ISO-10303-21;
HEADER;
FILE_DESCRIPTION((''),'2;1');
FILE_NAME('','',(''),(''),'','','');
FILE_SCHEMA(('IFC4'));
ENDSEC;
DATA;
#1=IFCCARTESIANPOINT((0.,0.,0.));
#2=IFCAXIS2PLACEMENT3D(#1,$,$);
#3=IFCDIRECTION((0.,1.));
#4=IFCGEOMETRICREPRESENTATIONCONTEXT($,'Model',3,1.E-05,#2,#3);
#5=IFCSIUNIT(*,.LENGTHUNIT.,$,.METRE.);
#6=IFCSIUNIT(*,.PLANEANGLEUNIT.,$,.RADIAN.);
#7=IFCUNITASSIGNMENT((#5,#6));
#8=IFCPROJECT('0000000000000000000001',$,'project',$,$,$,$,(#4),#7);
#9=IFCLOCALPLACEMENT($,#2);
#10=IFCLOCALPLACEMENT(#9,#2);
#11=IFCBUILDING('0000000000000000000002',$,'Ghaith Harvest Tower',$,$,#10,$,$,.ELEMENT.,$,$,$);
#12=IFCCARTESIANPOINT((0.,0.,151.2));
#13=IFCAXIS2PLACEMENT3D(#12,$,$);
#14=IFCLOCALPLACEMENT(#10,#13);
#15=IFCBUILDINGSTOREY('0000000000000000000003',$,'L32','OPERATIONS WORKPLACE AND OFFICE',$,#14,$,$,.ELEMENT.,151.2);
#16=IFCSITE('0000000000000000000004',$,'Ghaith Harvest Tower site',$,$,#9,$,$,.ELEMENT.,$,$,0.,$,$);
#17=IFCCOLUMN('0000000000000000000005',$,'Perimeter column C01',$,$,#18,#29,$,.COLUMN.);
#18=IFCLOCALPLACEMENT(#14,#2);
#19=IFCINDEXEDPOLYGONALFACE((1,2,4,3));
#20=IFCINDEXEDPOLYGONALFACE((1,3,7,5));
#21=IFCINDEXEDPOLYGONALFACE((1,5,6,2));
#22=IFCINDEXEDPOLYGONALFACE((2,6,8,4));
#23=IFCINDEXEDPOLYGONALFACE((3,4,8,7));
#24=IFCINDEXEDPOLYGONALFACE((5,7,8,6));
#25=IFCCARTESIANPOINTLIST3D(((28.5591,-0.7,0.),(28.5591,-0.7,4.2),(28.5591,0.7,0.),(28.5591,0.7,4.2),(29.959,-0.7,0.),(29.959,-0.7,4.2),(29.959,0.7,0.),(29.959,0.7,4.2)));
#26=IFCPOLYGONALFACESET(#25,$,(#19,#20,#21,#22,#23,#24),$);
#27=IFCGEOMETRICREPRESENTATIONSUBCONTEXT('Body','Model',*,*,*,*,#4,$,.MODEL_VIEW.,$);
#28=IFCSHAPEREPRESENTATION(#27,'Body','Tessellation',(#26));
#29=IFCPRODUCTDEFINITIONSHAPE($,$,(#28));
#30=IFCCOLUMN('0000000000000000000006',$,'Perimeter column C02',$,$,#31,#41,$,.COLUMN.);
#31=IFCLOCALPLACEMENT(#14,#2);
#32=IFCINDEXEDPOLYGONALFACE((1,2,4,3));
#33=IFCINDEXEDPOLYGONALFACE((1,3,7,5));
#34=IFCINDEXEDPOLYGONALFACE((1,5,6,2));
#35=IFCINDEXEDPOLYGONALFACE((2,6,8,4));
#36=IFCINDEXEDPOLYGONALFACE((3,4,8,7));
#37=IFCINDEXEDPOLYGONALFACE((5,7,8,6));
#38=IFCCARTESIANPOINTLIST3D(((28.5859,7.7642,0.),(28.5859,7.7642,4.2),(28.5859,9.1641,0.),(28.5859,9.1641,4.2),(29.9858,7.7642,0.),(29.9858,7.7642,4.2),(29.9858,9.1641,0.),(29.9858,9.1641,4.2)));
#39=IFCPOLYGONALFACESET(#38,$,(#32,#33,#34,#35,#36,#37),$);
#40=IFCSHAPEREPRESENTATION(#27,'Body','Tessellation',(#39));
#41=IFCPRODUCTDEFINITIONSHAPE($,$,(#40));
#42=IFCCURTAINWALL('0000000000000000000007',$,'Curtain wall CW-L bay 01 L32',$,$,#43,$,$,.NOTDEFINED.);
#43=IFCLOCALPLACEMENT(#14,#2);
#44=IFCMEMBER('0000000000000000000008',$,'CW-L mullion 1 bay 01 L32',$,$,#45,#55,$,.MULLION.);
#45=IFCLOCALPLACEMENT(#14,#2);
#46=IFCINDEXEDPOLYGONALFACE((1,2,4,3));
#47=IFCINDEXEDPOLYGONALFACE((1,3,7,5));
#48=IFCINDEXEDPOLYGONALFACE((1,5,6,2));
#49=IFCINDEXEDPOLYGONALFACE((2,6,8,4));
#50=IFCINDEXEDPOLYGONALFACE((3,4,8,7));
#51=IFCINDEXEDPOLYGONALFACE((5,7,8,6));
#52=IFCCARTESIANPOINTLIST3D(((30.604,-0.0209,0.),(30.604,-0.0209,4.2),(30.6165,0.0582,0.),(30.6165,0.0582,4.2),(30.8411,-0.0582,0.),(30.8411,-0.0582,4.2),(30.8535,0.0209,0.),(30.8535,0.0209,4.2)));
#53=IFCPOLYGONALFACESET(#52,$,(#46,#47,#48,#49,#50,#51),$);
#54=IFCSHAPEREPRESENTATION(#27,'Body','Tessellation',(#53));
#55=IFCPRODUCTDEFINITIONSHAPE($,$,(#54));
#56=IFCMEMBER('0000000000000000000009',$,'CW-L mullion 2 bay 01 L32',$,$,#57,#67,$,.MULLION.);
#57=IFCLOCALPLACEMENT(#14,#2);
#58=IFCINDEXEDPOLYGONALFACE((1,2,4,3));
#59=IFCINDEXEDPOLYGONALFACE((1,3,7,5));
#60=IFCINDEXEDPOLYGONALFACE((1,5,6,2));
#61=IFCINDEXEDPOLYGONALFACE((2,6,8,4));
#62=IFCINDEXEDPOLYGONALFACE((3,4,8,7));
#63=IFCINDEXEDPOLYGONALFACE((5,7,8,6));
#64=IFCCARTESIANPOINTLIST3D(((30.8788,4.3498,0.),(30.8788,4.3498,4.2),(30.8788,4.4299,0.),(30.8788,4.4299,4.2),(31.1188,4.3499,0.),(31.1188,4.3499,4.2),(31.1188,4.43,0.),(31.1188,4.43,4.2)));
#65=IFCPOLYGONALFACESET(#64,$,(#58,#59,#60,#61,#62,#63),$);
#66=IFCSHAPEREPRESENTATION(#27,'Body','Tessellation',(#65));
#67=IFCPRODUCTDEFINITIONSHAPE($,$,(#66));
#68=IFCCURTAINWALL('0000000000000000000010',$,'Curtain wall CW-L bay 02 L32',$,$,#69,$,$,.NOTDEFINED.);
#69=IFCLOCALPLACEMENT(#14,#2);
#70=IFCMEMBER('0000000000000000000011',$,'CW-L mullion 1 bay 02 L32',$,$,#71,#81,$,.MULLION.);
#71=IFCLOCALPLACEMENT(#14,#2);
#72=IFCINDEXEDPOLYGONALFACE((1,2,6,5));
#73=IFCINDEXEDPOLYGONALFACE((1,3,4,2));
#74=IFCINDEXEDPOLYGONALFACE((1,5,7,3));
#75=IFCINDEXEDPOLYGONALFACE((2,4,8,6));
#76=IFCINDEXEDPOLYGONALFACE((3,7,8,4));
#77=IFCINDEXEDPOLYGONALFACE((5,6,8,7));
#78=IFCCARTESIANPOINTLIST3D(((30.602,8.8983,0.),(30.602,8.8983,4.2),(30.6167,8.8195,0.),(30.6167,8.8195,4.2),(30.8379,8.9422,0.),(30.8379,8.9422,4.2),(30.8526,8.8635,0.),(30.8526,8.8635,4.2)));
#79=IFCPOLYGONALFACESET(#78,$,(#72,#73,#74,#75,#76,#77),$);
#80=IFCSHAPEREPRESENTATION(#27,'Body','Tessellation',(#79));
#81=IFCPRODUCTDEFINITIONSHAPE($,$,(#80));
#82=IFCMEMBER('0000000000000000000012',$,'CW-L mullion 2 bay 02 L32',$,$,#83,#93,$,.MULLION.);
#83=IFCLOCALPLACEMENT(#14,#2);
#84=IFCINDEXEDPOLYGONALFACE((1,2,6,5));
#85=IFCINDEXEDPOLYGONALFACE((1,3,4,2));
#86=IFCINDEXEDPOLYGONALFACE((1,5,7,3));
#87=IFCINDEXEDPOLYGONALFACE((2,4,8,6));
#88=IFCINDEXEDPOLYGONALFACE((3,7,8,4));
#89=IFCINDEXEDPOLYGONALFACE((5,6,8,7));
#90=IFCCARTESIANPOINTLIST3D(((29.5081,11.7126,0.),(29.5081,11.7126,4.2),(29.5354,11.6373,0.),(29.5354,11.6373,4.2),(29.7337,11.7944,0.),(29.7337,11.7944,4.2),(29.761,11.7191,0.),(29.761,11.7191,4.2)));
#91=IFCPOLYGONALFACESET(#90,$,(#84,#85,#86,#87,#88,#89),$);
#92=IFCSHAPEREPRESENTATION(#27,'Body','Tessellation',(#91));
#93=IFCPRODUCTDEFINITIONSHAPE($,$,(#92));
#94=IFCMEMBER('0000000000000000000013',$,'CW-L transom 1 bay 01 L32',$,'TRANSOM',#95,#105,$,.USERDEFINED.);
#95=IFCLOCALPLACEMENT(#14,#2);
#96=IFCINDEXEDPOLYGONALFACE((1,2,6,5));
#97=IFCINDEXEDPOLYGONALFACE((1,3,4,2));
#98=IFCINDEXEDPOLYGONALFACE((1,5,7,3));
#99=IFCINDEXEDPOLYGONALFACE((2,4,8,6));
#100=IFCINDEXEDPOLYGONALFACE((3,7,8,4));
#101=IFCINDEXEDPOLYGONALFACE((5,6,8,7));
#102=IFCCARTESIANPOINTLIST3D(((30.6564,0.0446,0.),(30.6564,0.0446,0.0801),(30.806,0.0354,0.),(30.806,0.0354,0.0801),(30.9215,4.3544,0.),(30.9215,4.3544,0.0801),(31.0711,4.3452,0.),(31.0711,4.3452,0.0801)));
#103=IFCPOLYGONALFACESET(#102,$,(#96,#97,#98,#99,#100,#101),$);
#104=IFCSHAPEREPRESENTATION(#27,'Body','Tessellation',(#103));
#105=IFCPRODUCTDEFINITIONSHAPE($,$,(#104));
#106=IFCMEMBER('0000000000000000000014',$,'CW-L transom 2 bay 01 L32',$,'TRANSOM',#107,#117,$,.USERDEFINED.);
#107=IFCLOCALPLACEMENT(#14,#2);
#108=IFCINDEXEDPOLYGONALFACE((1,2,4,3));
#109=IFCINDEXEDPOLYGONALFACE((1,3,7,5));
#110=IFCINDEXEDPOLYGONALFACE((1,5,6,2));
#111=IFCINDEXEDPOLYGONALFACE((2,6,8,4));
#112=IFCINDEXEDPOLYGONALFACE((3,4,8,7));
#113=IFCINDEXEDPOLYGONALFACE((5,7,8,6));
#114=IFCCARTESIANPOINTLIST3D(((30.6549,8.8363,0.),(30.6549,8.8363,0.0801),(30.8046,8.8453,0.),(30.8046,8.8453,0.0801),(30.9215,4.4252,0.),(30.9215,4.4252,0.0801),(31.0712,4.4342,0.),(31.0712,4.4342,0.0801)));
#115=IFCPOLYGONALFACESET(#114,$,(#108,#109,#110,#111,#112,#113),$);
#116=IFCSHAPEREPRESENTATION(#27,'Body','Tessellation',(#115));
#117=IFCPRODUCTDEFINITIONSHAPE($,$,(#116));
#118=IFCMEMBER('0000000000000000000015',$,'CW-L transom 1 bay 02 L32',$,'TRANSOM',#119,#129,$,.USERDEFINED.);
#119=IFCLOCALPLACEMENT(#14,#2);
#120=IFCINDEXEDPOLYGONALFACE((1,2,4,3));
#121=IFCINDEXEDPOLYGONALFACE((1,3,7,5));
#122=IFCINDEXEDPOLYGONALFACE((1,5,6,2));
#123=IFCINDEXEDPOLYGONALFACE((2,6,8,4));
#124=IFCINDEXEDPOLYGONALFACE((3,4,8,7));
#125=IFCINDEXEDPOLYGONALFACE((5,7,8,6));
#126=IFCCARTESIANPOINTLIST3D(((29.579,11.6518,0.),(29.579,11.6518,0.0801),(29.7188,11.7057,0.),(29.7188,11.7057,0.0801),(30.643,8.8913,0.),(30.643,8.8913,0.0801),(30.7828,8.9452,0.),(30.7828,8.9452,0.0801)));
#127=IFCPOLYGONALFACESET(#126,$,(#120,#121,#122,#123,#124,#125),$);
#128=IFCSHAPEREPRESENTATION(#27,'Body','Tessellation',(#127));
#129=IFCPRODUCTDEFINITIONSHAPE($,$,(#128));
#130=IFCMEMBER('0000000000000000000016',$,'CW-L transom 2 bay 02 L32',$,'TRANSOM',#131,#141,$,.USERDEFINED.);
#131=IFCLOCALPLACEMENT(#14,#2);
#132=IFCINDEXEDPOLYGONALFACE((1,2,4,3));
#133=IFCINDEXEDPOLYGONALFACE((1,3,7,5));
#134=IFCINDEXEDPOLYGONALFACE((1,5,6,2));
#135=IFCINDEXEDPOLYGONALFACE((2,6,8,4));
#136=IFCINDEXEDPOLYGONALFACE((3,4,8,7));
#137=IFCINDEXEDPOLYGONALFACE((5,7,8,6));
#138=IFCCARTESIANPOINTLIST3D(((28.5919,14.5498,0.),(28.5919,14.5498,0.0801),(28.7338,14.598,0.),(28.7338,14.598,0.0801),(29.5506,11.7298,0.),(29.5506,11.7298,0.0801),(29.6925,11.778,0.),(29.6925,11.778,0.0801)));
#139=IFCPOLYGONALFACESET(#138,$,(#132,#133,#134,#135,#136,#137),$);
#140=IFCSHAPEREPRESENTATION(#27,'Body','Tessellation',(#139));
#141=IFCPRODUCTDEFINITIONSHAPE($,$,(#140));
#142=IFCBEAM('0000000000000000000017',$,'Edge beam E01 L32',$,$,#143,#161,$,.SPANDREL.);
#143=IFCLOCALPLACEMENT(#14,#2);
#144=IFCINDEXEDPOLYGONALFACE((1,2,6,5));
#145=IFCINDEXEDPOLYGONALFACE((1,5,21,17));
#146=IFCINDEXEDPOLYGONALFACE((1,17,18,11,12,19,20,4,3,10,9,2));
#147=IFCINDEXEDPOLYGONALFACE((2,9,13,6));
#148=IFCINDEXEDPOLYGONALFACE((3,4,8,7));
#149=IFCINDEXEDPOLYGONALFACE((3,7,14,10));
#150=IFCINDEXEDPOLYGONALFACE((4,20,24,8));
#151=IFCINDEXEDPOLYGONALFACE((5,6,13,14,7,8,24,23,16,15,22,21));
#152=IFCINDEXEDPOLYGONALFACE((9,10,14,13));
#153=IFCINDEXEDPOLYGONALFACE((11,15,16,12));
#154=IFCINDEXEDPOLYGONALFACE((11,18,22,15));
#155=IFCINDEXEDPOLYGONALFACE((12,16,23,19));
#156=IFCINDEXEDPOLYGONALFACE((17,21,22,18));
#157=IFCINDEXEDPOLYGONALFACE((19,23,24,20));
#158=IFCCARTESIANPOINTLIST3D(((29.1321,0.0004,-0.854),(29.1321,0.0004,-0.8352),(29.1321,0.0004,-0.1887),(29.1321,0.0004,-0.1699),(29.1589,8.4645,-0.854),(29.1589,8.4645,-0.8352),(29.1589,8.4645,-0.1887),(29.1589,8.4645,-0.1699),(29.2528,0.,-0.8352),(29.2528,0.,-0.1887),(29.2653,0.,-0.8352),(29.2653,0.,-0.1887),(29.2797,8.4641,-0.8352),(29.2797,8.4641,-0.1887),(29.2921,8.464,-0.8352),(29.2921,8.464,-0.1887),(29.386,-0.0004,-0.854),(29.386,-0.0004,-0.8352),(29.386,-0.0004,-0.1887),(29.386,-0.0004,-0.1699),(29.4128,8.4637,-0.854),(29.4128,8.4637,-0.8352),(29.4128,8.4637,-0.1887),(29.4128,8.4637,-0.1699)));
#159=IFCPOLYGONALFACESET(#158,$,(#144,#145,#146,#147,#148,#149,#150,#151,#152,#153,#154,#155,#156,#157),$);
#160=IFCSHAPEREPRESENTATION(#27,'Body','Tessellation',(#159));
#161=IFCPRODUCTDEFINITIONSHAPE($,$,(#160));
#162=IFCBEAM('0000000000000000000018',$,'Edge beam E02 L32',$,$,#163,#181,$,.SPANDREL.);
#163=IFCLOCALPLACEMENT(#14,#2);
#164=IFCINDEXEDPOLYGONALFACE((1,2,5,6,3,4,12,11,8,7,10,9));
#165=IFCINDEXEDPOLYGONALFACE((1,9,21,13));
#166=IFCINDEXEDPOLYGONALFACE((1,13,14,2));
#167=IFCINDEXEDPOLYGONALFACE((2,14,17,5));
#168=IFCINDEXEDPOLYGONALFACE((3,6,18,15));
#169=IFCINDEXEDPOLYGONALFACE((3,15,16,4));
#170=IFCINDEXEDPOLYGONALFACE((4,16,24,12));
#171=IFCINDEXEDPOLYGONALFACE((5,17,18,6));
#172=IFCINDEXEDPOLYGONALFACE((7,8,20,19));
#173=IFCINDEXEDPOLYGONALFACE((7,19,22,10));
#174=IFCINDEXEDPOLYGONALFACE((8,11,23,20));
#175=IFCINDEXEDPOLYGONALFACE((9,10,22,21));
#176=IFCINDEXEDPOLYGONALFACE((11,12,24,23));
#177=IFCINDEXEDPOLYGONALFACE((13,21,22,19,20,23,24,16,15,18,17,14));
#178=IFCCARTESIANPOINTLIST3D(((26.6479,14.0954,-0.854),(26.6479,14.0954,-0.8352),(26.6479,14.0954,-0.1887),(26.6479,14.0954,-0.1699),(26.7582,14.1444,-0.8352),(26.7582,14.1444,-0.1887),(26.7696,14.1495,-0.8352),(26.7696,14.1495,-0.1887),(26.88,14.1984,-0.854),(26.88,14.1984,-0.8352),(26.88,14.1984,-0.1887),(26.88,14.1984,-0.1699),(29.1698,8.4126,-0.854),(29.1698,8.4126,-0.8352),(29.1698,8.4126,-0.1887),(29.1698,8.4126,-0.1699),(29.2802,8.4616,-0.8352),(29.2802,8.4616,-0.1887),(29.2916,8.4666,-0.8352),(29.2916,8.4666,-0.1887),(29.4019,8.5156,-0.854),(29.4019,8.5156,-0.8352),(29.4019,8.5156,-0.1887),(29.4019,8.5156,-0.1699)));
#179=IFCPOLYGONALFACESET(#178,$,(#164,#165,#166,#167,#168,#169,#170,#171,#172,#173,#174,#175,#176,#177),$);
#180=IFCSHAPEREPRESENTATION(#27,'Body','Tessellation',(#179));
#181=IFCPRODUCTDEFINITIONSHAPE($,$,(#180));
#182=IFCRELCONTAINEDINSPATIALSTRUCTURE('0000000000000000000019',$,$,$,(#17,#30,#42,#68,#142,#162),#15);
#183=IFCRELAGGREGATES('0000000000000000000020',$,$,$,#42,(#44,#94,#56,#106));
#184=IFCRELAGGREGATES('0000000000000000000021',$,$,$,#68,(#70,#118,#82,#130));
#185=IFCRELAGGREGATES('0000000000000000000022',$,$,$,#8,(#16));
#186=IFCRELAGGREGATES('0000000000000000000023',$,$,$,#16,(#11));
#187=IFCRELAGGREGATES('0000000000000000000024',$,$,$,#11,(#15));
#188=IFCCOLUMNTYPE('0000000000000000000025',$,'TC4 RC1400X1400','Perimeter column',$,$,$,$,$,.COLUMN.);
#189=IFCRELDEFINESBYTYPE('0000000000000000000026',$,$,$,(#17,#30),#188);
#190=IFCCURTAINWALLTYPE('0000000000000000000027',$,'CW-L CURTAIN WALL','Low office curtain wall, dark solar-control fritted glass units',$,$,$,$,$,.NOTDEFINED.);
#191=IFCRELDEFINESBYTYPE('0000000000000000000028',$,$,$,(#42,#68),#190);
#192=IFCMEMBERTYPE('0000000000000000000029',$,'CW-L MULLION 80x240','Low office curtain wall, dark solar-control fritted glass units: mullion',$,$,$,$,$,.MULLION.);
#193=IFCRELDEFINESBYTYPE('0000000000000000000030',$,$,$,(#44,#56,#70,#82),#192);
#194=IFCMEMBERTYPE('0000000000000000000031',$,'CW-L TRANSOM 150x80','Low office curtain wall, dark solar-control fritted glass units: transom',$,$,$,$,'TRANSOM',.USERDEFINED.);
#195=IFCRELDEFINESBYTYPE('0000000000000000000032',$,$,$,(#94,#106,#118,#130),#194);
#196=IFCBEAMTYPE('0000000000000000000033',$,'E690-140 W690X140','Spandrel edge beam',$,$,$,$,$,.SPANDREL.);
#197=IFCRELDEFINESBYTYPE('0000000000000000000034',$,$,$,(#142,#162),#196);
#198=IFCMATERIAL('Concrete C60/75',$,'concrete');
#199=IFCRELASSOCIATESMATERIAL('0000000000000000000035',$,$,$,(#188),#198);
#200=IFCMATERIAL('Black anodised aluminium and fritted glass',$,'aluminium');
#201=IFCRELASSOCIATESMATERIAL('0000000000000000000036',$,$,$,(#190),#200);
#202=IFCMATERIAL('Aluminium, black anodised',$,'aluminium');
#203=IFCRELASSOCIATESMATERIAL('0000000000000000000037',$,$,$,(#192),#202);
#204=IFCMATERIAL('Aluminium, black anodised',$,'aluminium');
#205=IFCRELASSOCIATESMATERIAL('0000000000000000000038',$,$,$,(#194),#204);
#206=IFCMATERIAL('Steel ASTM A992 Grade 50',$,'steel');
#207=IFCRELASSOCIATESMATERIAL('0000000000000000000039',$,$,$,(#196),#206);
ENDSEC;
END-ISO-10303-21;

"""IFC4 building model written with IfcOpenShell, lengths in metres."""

from ifc_helpers import new_model, si_unit, direction, frame, origin, origin_2d, place, context, subcontext, project, spatial, rectangle, i_section, extrude, material, material_profile, profile_set, type_object, element, aggregate, save


model = new_model("IFC4")

# Units and contexts
model_context = context("Model", 3, precision=1e-05, world=origin(), true_north=direction((0.0, 1.0)))
body_context = subcontext(model_context, "Body", "Model", "MODEL_VIEW")
ifc_project = project(units=[si_unit("LENGTHUNIT", "METRE"), si_unit("PLANEANGLEUNIT", "RADIAN")], contexts=[model_context])

# Site, building, storey
site_placement = place(None, origin())
site = spatial("IfcSite", under=ifc_project, at=site_placement, Name="Ghaith Harvest Tower site", CompositionType="ELEMENT", RefElevation=0.0)
building_placement = place(site_placement, origin())
building = spatial("IfcBuilding", under=site, at=building_placement, Name="Ghaith Harvest Tower", CompositionType="ELEMENT")
storey_placement = place(building_placement, frame((0.0, 0.0, 151.2)))
storey = spatial("IfcBuildingStorey", under=building, at=storey_placement, Name="L32", Description="OPERATIONS WORKPLACE AND OFFICE", CompositionType="ELEMENT", Elevation=151.2)

# Columns
ifc_material_1 = material(Name="Concrete C60/75", Category="concrete")
ifc_material_profile_1 = material_profile(ifc_material_1, rectangle(XDim=1.3999, YDim=1.3999, at=origin_2d()), Name="RC1400X1400")
ifc_profile_set_1 = profile_set([ifc_material_profile_1], Name="Concrete C60/75")
column_type = type_object("IfcColumnType", Name="TC4 RC1400X1400", Description="Perimeter column", PredefinedType="COLUMN", material=ifc_profile_set_1)
for number, where, z_axis, x_axis, name in (
    (1, (29.259, 0.0, 0.0), (0.0, 0.0, 1.0), (1.0, 0.0, 0.0), "Perimeter column C01"),
    (2, (29.2859, 8.4641, 0.0), (0.0, 0.0, 1.0), (1.0, 0.0, 0.0), "Perimeter column C02"),
):
    element("IfcColumn", number, at=place(storey_placement, frame(where, z_axis=z_axis, x_axis=x_axis)), inside=storey, type_object=column_type, Name=name, PredefinedType="COLUMN", context=body_context, shape_type="SweptSolid", body=[
        extrude(rectangle(XDim=1.3999, YDim=1.3999, at=origin_2d()), origin(), (0.0, 0.0, 1.0), 4.2),
    ])

# Curtain walls, members
ifc_material_2 = material(Name="Black anodised aluminium and fritted glass", Category="aluminium")
curtain_wall_type = type_object("IfcCurtainWallType", Name="CW-L CURTAIN WALL", Description="Low office curtain wall, dark solar-control fritted glass units", PredefinedType="NOTDEFINED", material=ifc_material_2)
curtain_wall_1_placement = place(storey_placement, origin())
curtain_wall_1 = element("IfcCurtainWall", 3, at=curtain_wall_1_placement, inside=storey, type_object=curtain_wall_type, Name="Curtain wall CW-L bay 01 L32", PredefinedType="NOTDEFINED")
ifc_material_3 = material(Name="Aluminium, black anodised", Category="aluminium")
ifc_material_profile_2 = material_profile(ifc_material_3, rectangle(XDim=0.0801, YDim=0.24, at=origin_2d()), Name="CW-L MULLION 80x240")
ifc_profile_set_2 = profile_set([ifc_material_profile_2], Name="Aluminium, black anodised")
member_type_1 = type_object("IfcMemberType", Name="CW-L MULLION 80x240", Description="Low office curtain wall, dark solar-control fritted glass units: mullion", PredefinedType="MULLION", material=ifc_profile_set_2)
member_1_placement = place(storey_placement, frame((30.7288, 0.0, 0.0), z_axis=(0.0, 0.0, 1.0), x_axis=(0.155597, 0.987821, 0.0)))
member_1 = element("IfcMember", 4, at=member_1_placement, type_object=member_type_1, Name="CW-L mullion 1 bay 01 L32", PredefinedType="MULLION", context=body_context, shape_type="SweptSolid", body=[
    extrude(rectangle(XDim=0.0801, YDim=0.24, at=origin_2d()), origin(), (0.0, 0.0, 1.0), 4.2),
])
member_2_placement = place(storey_placement, frame((30.9988, 4.3899, 0.0), z_axis=(0.0, 0.0, 1.0), x_axis=(-0.000162, 1.0, 0.0)))
member_2 = element("IfcMember", 5, at=member_2_placement, type_object=member_type_1, Name="CW-L mullion 2 bay 01 L32", PredefinedType="MULLION", context=body_context, shape_type="SweptSolid", body=[
    extrude(rectangle(XDim=0.0801, YDim=0.24, at=origin_2d()), origin(), (0.0, 0.0, 1.0), 4.2),
])
curtain_wall_2_placement = place(storey_placement, origin())
curtain_wall_2 = element("IfcCurtainWall", 6, at=curtain_wall_2_placement, inside=storey, type_object=curtain_wall_type, Name="Curtain wall CW-L bay 02 L32", PredefinedType="NOTDEFINED")
member_3_placement = place(storey_placement, frame((30.7273, 8.8809, 0.0), z_axis=(0.0, 0.0, 1.0), x_axis=(-0.18307, 0.9831, 0.0)))
member_3 = element("IfcMember", 7, at=member_3_placement, type_object=member_type_1, Name="CW-L mullion 1 bay 02 L32", PredefinedType="MULLION", context=body_context, shape_type="SweptSolid", body=[
    extrude(rectangle(XDim=0.0801, YDim=0.24, at=origin_2d()), origin(), (0.0, 0.0, 1.0), 4.2),
])
member_4_placement = place(storey_placement, frame((29.6345, 11.7158, 0.0), z_axis=(0.0, 0.0, 1.0), x_axis=(-0.340771, 0.940146, 0.0)))
member_4 = element("IfcMember", 8, at=member_4_placement, type_object=member_type_1, Name="CW-L mullion 2 bay 02 L32", PredefinedType="MULLION", context=body_context, shape_type="SweptSolid", body=[
    extrude(rectangle(XDim=0.0801, YDim=0.24, at=origin_2d()), origin(), (0.0, 0.0, 1.0), 4.2),
])

# Members
ifc_material_4 = material(Name="Aluminium, black anodised", Category="aluminium")
ifc_material_profile_3 = material_profile(ifc_material_4, rectangle(XDim=0.1499, YDim=0.0801, at=origin_2d()), Name="CW-L TRANSOM 150x80")
ifc_profile_set_3 = profile_set([ifc_material_profile_3], Name="Aluminium, black anodised")
member_type_2 = type_object("IfcMemberType", Name="CW-L TRANSOM 150x80", Description="Low office curtain wall, dark solar-control fritted glass units: transom", ElementType="TRANSOM", PredefinedType="USERDEFINED", material=ifc_profile_set_3)
member_5_placement = place(storey_placement, frame((30.7312, 0.04, 0.04), z_axis=(0.061403, 0.998113, 0.0), x_axis=(-0.998113, 0.061403, 0.0)))
member_5 = element("IfcMember", 9, at=member_5_placement, type_object=member_type_2, Name="CW-L transom 1 bay 01 L32", ObjectType="TRANSOM", PredefinedType="USERDEFINED", context=body_context, shape_type="SweptSolid", body=[
    extrude(rectangle(XDim=0.1499, YDim=0.0801, at=origin_2d()), origin(), (0.0, 0.0, 1.0), 4.3179),
])
member_6_placement = place(storey_placement, frame((30.9963, 4.4297, 0.04), z_axis=(-0.060328, 0.998179, 0.0), x_axis=(-0.998179, -0.060328, 0.0)))
member_6 = element("IfcMember", 10, at=member_6_placement, type_object=member_type_2, Name="CW-L transom 2 bay 01 L32", ObjectType="TRANSOM", PredefinedType="USERDEFINED", context=body_context, shape_type="SweptSolid", body=[
    extrude(rectangle(XDim=0.1499, YDim=0.0801, at=origin_2d()), origin(), (0.0, 0.0, 1.0), 4.4192),
])
member_7_placement = place(storey_placement, frame((30.7129, 8.9182, 0.04), z_axis=(-0.359637, 0.933092, 0.0), x_axis=(-0.933092, -0.359637, 0.0)))
member_7 = element("IfcMember", 11, at=member_7_placement, type_object=member_type_2, Name="CW-L transom 1 bay 02 L32", ObjectType="TRANSOM", PredefinedType="USERDEFINED", context=body_context, shape_type="SweptSolid", body=[
    extrude(rectangle(XDim=0.1499, YDim=0.0801, at=origin_2d()), origin(), (0.0, 0.0, 1.0), 2.9585),
])
member_8_placement = place(storey_placement, frame((29.6216, 11.7539, 0.04), z_axis=(-0.321878, 0.946781, 0.0), x_axis=(-0.946781, -0.321878, 0.0)))
member_8 = element("IfcMember", 12, at=member_8_placement, type_object=member_type_2, Name="CW-L transom 2 bay 02 L32", ObjectType="TRANSOM", PredefinedType="USERDEFINED", context=body_context, shape_type="SweptSolid", body=[
    extrude(rectangle(XDim=0.1499, YDim=0.0801, at=origin_2d()), origin(), (0.0, 0.0, 1.0), 2.9785),
])

# Beams
ifc_material_5 = material(Name="Steel ASTM A992 Grade 50", Category="steel")
ifc_material_profile_4 = material_profile(ifc_material_5, i_section(OverallWidth=0.2539, OverallDepth=0.6841, WebThickness=0.0125, FlangeThickness=0.0188, at=origin_2d()), Name="W690X140")
ifc_profile_set_4 = profile_set([ifc_material_profile_4], Name="Steel ASTM A992 Grade 50")
beam_type = type_object("IfcBeamType", Name="E690-140 W690X140", Description="Spandrel edge beam", PredefinedType="SPANDREL", material=ifc_profile_set_4)
beam_1_placement = place(storey_placement, frame((29.259, 0.0, -0.512), z_axis=(0.003173, 0.999995, 0.0), x_axis=(-0.999995, 0.003173, 0.0)))
element("IfcBeam", 13, at=beam_1_placement, inside=storey, type_object=beam_type, Name="Edge beam E01 L32", PredefinedType="SPANDREL", context=body_context, shape_type="SweptSolid", body=[
    extrude(i_section(OverallWidth=0.2539, OverallDepth=0.6841, WebThickness=0.0125, FlangeThickness=0.0188, at=origin_2d()), origin(), (0.0, 0.0, 1.0), 8.4641),
])
beam_2_placement = place(storey_placement, frame((29.2859, 8.4641, -0.512), z_axis=(-0.405636, 0.914035, 0.0), x_axis=(-0.914035, -0.405636, 0.0)))
element("IfcBeam", 14, at=beam_2_placement, inside=storey, type_object=beam_type, Name="Edge beam E02 L32", PredefinedType="SPANDREL", context=body_context, shape_type="SweptSolid", body=[
    extrude(i_section(OverallWidth=0.2539, OverallDepth=0.6841, WebThickness=0.0125, FlangeThickness=0.0188, at=origin_2d()), origin(), (0.0, 0.0, 1.0), 6.2173),
])

aggregate(curtain_wall_1, [member_1, member_5, member_2, member_6])
aggregate(curtain_wall_2, [member_3, member_7, member_4, member_8])

save(model, "model.ifc")
